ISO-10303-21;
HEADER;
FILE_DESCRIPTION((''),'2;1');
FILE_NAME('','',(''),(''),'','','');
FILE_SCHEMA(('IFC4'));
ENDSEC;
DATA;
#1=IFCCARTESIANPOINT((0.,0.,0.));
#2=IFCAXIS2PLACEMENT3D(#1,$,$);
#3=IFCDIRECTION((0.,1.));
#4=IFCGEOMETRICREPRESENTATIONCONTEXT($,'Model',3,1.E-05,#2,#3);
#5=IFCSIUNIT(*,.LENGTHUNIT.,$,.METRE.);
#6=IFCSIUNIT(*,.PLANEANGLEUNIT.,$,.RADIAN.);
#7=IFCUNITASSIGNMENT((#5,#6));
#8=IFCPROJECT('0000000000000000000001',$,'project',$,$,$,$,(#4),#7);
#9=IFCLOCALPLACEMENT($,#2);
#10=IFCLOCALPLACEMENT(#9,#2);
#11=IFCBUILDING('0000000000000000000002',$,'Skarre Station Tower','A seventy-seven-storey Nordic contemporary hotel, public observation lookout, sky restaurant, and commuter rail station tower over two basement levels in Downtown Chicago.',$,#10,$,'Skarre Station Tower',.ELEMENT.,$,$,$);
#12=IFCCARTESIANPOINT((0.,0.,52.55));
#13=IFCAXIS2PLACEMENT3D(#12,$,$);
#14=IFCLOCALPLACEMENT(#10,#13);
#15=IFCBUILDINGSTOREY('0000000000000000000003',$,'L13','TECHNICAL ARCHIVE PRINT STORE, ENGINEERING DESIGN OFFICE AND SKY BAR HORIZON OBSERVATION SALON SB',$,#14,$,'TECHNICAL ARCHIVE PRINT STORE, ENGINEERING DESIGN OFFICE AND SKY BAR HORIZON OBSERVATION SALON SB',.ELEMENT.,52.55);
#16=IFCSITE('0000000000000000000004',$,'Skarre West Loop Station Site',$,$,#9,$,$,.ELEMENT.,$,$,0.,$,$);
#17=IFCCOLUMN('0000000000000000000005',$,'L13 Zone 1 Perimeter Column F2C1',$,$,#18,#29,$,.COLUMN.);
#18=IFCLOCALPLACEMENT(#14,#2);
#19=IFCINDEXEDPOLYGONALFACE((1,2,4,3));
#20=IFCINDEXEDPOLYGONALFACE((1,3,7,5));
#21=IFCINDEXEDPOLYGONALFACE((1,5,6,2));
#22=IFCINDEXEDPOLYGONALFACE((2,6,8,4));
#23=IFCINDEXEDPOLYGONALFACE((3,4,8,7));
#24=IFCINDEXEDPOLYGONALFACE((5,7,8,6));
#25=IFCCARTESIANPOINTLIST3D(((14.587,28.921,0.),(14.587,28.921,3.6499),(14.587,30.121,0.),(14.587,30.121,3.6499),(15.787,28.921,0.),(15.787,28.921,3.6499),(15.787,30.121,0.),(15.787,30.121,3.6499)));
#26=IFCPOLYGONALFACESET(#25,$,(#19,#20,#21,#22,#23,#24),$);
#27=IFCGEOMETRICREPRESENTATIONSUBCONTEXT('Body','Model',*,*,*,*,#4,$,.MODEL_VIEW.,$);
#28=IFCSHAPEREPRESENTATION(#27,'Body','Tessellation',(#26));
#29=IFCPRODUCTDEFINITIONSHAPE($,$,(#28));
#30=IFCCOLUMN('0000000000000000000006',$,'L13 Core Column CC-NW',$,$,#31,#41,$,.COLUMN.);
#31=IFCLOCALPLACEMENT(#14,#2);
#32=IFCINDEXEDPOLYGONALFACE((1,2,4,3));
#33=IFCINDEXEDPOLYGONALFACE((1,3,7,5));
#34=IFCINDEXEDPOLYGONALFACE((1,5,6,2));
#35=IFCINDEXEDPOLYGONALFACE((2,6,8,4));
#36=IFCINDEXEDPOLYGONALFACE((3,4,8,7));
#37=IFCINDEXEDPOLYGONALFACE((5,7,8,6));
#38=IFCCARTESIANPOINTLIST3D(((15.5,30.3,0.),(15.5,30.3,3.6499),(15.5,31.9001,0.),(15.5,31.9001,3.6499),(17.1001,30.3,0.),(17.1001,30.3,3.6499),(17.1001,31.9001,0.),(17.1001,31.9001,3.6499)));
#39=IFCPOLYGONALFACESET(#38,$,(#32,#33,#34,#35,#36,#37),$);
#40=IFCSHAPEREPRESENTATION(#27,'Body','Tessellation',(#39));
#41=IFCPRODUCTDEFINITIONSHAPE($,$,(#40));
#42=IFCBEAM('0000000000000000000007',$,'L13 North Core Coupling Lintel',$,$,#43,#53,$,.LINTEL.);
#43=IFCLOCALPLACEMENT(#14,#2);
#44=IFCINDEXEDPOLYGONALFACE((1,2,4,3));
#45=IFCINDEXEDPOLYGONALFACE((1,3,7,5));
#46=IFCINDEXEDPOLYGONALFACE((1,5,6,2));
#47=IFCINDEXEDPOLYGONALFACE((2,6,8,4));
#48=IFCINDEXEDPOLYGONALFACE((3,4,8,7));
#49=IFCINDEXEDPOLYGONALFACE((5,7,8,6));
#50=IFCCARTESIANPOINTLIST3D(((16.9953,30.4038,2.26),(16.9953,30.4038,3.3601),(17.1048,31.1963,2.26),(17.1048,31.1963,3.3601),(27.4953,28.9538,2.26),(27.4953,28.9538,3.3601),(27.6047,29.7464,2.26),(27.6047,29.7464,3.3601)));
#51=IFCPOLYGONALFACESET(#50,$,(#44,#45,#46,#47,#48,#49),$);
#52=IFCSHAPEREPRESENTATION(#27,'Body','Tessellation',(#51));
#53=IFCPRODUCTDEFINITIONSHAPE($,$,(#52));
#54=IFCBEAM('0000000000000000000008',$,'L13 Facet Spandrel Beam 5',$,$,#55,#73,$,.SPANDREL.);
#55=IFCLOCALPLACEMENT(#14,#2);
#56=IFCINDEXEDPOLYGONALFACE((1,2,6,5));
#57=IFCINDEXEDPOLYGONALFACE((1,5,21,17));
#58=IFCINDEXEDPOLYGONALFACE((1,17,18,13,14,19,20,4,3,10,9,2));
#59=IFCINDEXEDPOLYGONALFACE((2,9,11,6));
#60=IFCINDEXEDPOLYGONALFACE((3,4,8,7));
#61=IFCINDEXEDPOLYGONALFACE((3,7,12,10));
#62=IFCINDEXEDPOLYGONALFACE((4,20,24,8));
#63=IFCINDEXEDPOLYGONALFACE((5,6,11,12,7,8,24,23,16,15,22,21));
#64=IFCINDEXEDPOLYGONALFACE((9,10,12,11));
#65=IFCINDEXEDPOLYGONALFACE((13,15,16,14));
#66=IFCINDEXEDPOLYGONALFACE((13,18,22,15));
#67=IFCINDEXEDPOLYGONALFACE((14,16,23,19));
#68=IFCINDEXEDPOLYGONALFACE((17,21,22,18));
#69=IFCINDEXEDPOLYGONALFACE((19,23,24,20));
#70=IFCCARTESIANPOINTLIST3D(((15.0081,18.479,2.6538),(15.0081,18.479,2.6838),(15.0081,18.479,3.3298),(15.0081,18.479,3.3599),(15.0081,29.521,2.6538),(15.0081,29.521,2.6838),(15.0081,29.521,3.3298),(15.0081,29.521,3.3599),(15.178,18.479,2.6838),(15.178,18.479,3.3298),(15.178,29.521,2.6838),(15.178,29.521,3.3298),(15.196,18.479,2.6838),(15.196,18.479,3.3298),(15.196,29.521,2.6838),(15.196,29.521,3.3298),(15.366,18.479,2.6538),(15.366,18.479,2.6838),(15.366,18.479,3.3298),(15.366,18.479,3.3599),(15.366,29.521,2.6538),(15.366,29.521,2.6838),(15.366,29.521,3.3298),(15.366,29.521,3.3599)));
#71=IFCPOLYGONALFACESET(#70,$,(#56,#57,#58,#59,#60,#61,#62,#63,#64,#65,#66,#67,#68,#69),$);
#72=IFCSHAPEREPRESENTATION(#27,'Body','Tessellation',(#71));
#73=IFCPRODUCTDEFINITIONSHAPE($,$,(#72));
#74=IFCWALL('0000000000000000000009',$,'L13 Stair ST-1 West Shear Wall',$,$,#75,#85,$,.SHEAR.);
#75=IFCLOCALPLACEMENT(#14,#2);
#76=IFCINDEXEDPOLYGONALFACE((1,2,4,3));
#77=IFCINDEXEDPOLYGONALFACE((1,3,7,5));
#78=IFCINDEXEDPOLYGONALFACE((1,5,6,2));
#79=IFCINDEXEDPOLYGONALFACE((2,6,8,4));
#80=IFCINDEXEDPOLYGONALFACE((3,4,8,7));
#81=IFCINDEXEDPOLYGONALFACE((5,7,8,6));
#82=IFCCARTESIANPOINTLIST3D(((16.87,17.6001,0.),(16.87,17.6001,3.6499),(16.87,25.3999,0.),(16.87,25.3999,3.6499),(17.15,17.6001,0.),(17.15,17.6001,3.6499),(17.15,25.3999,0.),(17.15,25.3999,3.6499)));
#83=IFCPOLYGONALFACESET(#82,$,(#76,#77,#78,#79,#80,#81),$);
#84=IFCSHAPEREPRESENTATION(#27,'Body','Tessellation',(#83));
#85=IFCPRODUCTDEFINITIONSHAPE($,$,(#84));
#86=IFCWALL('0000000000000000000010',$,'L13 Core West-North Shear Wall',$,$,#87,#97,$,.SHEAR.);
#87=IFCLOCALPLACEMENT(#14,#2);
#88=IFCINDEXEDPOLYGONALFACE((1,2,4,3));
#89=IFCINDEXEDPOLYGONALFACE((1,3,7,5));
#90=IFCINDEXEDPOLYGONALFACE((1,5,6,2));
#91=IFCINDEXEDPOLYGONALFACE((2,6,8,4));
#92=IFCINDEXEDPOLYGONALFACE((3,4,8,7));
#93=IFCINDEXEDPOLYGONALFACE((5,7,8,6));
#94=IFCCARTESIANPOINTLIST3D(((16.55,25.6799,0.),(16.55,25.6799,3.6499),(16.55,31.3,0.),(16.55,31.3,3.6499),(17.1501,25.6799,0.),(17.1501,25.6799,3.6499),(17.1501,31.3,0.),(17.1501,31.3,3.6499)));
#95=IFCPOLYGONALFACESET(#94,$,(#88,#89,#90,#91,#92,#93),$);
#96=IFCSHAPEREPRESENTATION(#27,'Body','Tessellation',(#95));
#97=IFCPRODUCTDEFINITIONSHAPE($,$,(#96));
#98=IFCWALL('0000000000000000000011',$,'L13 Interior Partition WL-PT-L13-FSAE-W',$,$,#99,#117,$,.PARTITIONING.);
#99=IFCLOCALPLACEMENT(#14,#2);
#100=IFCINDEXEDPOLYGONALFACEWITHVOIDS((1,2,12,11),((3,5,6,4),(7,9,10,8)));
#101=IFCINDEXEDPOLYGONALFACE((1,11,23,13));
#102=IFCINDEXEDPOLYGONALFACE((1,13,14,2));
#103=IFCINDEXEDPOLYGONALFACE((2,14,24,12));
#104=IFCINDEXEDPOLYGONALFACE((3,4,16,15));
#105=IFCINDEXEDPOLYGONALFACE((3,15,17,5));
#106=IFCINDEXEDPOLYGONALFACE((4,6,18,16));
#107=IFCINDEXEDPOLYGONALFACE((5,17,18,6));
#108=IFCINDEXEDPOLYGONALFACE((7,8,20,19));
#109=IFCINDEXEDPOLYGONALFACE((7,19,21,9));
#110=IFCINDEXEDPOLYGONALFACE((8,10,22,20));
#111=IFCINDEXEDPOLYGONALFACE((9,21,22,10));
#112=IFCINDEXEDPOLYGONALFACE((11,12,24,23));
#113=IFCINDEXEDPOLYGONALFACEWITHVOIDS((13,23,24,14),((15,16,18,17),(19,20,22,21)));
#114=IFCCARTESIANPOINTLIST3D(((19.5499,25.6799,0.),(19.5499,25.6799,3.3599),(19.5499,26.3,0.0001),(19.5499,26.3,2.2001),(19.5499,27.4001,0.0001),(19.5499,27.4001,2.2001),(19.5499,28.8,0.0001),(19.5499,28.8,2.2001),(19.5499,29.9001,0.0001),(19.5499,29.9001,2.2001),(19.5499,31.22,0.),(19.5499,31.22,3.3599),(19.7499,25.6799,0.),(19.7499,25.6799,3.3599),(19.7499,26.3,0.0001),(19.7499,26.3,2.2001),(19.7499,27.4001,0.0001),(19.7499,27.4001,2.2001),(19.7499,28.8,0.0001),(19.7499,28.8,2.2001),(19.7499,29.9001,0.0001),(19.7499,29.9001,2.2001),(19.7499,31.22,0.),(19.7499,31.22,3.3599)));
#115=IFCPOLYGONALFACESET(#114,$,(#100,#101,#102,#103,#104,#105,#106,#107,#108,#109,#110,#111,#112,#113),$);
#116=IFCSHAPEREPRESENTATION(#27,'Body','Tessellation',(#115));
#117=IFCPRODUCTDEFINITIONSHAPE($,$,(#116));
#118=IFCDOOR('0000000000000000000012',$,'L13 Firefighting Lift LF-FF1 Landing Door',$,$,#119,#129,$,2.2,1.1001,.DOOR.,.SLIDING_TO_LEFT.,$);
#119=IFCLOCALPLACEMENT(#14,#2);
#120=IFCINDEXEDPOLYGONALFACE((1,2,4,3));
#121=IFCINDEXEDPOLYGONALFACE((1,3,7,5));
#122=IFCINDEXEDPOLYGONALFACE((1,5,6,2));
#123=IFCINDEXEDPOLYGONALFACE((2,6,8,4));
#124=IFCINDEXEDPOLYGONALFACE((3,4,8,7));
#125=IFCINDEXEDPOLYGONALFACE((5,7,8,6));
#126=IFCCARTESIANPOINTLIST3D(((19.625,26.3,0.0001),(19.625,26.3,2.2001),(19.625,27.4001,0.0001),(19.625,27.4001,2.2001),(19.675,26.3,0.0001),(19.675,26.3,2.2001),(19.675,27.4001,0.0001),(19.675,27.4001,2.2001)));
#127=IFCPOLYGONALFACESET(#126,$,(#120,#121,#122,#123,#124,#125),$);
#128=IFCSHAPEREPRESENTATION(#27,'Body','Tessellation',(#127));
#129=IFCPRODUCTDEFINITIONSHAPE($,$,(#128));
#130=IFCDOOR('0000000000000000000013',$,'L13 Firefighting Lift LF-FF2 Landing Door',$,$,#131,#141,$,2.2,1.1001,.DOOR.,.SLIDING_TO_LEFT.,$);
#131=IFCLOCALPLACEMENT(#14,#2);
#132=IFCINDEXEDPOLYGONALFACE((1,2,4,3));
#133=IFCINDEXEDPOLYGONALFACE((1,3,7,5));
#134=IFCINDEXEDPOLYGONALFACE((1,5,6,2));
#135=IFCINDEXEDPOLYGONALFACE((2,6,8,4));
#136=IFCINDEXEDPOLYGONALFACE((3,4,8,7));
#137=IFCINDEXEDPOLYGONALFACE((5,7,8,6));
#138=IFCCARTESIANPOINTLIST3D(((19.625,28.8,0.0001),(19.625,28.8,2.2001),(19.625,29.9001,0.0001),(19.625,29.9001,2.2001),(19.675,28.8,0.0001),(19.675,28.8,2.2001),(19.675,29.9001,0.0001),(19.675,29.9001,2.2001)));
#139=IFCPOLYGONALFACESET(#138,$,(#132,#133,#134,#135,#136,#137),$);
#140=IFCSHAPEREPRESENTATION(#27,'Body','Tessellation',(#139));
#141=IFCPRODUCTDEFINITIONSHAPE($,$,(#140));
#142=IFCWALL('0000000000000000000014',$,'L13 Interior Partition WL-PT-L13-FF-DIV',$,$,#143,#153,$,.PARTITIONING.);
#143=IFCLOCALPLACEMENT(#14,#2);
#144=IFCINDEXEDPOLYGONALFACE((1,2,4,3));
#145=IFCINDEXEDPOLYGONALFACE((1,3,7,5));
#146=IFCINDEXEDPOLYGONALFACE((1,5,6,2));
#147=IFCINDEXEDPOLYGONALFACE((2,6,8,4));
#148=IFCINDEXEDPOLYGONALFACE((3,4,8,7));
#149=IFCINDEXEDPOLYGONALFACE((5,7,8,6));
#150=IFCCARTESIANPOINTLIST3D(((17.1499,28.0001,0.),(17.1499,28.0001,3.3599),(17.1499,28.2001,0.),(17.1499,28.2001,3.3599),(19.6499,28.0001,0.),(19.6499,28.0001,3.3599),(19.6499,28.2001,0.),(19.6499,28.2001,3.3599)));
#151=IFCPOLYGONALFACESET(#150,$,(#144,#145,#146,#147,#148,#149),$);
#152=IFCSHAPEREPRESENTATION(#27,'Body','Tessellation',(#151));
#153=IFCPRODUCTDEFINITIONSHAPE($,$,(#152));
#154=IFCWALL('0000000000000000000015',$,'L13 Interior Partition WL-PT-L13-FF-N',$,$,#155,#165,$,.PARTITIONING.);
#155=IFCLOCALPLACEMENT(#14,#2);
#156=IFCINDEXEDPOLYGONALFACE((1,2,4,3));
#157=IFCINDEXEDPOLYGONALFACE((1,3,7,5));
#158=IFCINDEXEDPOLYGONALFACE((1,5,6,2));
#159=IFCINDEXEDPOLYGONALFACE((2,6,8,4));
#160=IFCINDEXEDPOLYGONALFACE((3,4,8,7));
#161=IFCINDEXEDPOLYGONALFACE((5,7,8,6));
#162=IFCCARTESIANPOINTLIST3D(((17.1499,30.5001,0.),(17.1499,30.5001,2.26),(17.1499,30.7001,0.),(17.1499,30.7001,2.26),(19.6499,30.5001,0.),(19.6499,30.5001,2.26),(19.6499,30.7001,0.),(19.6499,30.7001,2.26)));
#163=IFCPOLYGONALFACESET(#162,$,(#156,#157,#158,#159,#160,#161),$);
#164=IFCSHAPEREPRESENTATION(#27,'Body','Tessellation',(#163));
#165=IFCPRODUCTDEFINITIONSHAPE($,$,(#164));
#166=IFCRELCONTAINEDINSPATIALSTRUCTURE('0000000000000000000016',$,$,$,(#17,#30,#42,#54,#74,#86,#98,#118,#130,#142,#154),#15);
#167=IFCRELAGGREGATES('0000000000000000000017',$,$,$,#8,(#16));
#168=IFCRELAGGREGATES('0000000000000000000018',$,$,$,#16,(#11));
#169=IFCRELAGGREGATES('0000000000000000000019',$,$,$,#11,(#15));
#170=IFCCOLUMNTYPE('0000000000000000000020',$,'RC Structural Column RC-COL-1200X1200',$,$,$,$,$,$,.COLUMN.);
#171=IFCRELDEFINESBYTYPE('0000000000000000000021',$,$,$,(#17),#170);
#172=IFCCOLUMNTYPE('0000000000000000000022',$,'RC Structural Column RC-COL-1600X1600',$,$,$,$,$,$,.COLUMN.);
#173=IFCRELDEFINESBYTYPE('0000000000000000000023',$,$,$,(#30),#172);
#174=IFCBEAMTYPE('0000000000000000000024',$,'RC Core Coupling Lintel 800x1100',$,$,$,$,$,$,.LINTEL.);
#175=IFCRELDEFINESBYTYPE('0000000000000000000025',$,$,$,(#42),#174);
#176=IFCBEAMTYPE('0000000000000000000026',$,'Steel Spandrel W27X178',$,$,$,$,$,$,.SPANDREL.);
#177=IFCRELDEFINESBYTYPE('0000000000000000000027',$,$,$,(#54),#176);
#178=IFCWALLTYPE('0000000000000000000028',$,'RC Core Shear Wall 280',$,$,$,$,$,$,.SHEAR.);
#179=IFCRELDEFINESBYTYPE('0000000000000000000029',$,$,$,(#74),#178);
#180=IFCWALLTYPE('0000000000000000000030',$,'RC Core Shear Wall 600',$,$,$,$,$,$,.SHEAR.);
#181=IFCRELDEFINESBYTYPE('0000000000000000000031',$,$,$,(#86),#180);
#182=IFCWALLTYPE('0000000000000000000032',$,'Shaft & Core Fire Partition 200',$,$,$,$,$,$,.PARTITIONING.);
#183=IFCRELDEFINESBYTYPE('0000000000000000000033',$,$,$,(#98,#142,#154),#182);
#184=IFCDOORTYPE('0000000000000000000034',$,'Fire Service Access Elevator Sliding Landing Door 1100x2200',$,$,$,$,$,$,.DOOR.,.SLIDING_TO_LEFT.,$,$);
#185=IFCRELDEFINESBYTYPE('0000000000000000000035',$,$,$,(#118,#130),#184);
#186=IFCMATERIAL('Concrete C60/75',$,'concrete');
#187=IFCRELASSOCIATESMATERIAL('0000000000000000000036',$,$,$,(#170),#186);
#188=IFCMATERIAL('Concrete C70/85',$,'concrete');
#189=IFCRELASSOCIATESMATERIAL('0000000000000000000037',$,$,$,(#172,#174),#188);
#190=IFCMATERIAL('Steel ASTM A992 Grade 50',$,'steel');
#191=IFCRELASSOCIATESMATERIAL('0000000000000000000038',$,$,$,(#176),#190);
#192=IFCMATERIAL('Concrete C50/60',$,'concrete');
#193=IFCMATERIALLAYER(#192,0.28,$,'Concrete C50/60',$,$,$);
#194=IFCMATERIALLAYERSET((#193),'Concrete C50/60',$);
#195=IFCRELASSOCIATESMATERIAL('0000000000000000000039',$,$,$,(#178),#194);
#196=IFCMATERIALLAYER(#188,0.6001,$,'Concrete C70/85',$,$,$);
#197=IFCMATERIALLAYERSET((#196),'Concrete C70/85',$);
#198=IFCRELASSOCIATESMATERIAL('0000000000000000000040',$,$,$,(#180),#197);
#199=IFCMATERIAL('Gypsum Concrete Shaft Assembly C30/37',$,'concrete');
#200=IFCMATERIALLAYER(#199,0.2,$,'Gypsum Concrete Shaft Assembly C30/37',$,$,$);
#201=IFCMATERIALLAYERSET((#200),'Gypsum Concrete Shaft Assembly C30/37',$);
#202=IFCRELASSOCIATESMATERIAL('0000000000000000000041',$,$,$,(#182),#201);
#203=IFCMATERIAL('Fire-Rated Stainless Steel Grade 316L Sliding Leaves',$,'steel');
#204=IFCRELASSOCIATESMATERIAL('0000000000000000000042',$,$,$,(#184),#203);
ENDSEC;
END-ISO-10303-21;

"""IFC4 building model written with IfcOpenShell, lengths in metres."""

from ifc_helpers import new_model, si_unit, direction, frame, frame_2d, origin, origin_2d, place, context, subcontext, project, spatial, rectangle, i_section, extrude, material, layer, layer_set, material_profile, profile_set, type_object, element, fill, save


model = new_model("IFC4")

# Units and contexts
model_context = context("Model", 3, precision=1e-05, world=origin(), true_north=direction((0.0, 1.0)))
body_context = subcontext(model_context, "Body", "Model", "MODEL_VIEW")
ifc_project = project(units=[si_unit("LENGTHUNIT", "METRE"), si_unit("PLANEANGLEUNIT", "RADIAN")], contexts=[model_context])

# Site, building, storey
site_placement = place(None, origin())
site = spatial("IfcSite", under=ifc_project, at=site_placement, Name="Skarre West Loop Station Site", CompositionType="ELEMENT", RefElevation=0.0)
building_placement = place(site_placement, origin())
building = spatial("IfcBuilding", under=site, at=building_placement, Name="Skarre Station Tower", Description="A seventy-seven-storey Nordic contemporary hotel, public observation lookout, sky restaurant, and commuter rail station tower over two basement levels in Downtown Chicago.", LongName="Skarre Station Tower", CompositionType="ELEMENT")
storey_placement = place(building_placement, frame((0.0, 0.0, 52.55)))
storey = spatial("IfcBuildingStorey", under=building, at=storey_placement, Name="L13", Description="TECHNICAL ARCHIVE PRINT STORE, ENGINEERING DESIGN OFFICE AND SKY BAR HORIZON OBSERVATION SALON SB", LongName="TECHNICAL ARCHIVE PRINT STORE, ENGINEERING DESIGN OFFICE AND SKY BAR HORIZON OBSERVATION SALON SB", CompositionType="ELEMENT", Elevation=52.55)

# Columns
ifc_material_1 = material(Name="Concrete C60/75", Category="concrete")
ifc_material_profile_1 = material_profile(ifc_material_1, rectangle(XDim=1.2, YDim=1.2, at=origin_2d()), Name="Concrete C60/75")
ifc_profile_set_1 = profile_set([ifc_material_profile_1], Name="Concrete C60/75")
column_type_1 = type_object("IfcColumnType", Name="RC Structural Column RC-COL-1200X1200", PredefinedType="COLUMN", material=ifc_profile_set_1)
column_1_placement = place(storey_placement, frame((15.187, 29.521, 0.0), z_axis=(0.0, 0.0, 1.0), x_axis=(1.0, 0.0, 0.0)))
element("IfcColumn", 1, at=column_1_placement, inside=storey, type_object=column_type_1, Name="L13 Zone 1 Perimeter Column F2C1", PredefinedType="COLUMN", context=body_context, shape_type="SweptSolid", body=[
    extrude(rectangle(XDim=1.2, YDim=1.2, at=origin_2d()), origin(), (0.0, 0.0, 1.0), 3.6499),
])
ifc_material_2 = material(Name="Concrete C70/85", Category="concrete")
ifc_material_profile_2 = material_profile(ifc_material_2, rectangle(XDim=1.6001, YDim=1.6001, at=origin_2d()), Name="Concrete C70/85")
ifc_profile_set_2 = profile_set([ifc_material_profile_2], Name="Concrete C70/85")
column_type_2 = type_object("IfcColumnType", Name="RC Structural Column RC-COL-1600X1600", PredefinedType="COLUMN", material=ifc_profile_set_2)
column_2_placement = place(storey_placement, frame((16.3, 31.1001, 0.0), z_axis=(0.0, 0.0, 1.0), x_axis=(1.0, 0.0, 0.0)))
element("IfcColumn", 2, at=column_2_placement, inside=storey, type_object=column_type_2, Name="L13 Core Column CC-NW", PredefinedType="COLUMN", context=body_context, shape_type="SweptSolid", body=[
    extrude(rectangle(XDim=1.6001, YDim=1.6001, at=origin_2d()), origin(), (0.0, 0.0, 1.0), 3.6499),
])

# Beams
ifc_material_profile_3 = material_profile(ifc_material_2, rectangle(XDim=0.8, YDim=1.1001, at=origin_2d()), Name="Concrete C70/85")
ifc_profile_set_3 = profile_set([ifc_material_profile_3], Name="Concrete C70/85")
beam_type_1 = type_object("IfcBeamType", Name="RC Core Coupling Lintel 800x1100", PredefinedType="LINTEL", material=ifc_profile_set_3)
beam_1_placement = place(storey_placement, frame((17.05, 30.8, 2.8101), z_axis=(0.9906, -0.136792, 0.0), x_axis=(0.136792, 0.9906, 0.0)))
element("IfcBeam", 3, at=beam_1_placement, inside=storey, type_object=beam_type_1, Name="L13 North Core Coupling Lintel", PredefinedType="LINTEL", context=body_context, shape_type="SweptSolid", body=[
    extrude(rectangle(XDim=0.8, YDim=1.1001, at=origin_2d()), origin(), (0.0, 0.0, 1.0), 10.5996),
])
ifc_material_3 = material(Name="Steel ASTM A992 Grade 50", Category="steel")
ifc_material_profile_4 = material_profile(ifc_material_3, i_section(OverallWidth=0.3579, OverallDepth=0.7061, WebThickness=0.0181, FlangeThickness=0.03, at=origin_2d()), Name="Steel ASTM A992 Grade 50")
ifc_profile_set_4 = profile_set([ifc_material_profile_4], Name="Steel ASTM A992 Grade 50")
beam_type_2 = type_object("IfcBeamType", Name="Steel Spandrel W27X178", PredefinedType="SPANDREL", material=ifc_profile_set_4)
beam_2_placement = place(storey_placement, frame((15.187, 29.521, 3.0068), z_axis=(0.0, -1.0, 0.0), x_axis=(1.0, 0.0, 0.0)))
element("IfcBeam", 4, at=beam_2_placement, inside=storey, type_object=beam_type_2, Name="L13 Facet Spandrel Beam 5", PredefinedType="SPANDREL", context=body_context, shape_type="SweptSolid", body=[
    extrude(i_section(OverallWidth=0.3579, OverallDepth=0.7061, WebThickness=0.0181, FlangeThickness=0.03, at=origin_2d()), origin(), (0.0, 0.0, 1.0), 11.042),
])

# Walls
ifc_material_4 = material(Name="Concrete C50/60", Category="concrete")
ifc_layer_1 = layer(ifc_material_4, 0.28, Name="Concrete C50/60")
ifc_layer_set_1 = layer_set([ifc_layer_1], Name="Concrete C50/60")
wall_type_1 = type_object("IfcWallType", Name="RC Core Shear Wall 280", PredefinedType="SHEAR", material=ifc_layer_set_1)
wall_1_placement = place(storey_placement, frame((17.01, 25.3999, 0.0), z_axis=(0.0, 0.0, 1.0), x_axis=(0.0, -1.0, 0.0)))
element("IfcWall", 5, at=wall_1_placement, inside=storey, type_object=wall_type_1, Name="L13 Stair ST-1 West Shear Wall", PredefinedType="SHEAR", context=body_context, shape_type="SweptSolid", body=[
    extrude(rectangle(XDim=7.7998, YDim=0.28, at=frame_2d((3.8999, 0.0))), origin(), (0.0, 0.0, 1.0), 3.6499),
])
ifc_layer_2 = layer(ifc_material_2, 0.6001, Name="Concrete C70/85")
ifc_layer_set_2 = layer_set([ifc_layer_2], Name="Concrete C70/85")
wall_type_2 = type_object("IfcWallType", Name="RC Core Shear Wall 600", PredefinedType="SHEAR", material=ifc_layer_set_2)
wall_2_placement = place(storey_placement, frame((16.8501, 25.6799, 0.0), z_axis=(0.0, 0.0, 1.0), x_axis=(0.0, 1.0, 0.0)))
element("IfcWall", 6, at=wall_2_placement, inside=storey, type_object=wall_type_2, Name="L13 Core West-North Shear Wall", PredefinedType="SHEAR", context=body_context, shape_type="SweptSolid", body=[
    extrude(rectangle(XDim=5.6201, YDim=0.6001, at=frame_2d((2.8101, 0.0))), origin(), (0.0, 0.0, 1.0), 3.6499),
])

# Wall, openings, doors
ifc_material_5 = material(Name="Gypsum Concrete Shaft Assembly C30/37", Category="concrete")
ifc_layer_3 = layer(ifc_material_5, 0.2, Name="Gypsum Concrete Shaft Assembly C30/37")
ifc_layer_set_3 = layer_set([ifc_layer_3], Name="Gypsum Concrete Shaft Assembly C30/37")
wall_type_3 = type_object("IfcWallType", Name="Shaft & Core Fire Partition 200", PredefinedType="PARTITIONING", material=ifc_layer_set_3)
wall_3_placement = place(storey_placement, frame((19.6499, 25.6799, 0.0), z_axis=(0.0, 0.0, 1.0), x_axis=(0.0, 1.0, 0.0)))
wall_3 = element("IfcWall", 7, at=wall_3_placement, inside=storey, type_object=wall_type_3, Name="L13 Interior Partition WL-PT-L13-FSAE-W", PredefinedType="PARTITIONING", context=body_context, shape_type="SweptSolid", body=[
    extrude(rectangle(XDim=5.54, YDim=0.2, at=frame_2d((2.77, 0.0))), origin(), (0.0, 0.0, 1.0), 3.3599),
])
opening_1_placement = place(wall_3_placement, frame((0.6201, 0.0, 0.0)))
opening_1 = element("IfcOpeningElement", 8, at=opening_1_placement, cuts=wall_3, PredefinedType="OPENING", context=body_context, shape_type="SweptSolid", body=[
    extrude(rectangle(XDim=1.1001, YDim=2.2, at=frame_2d((0.55, 1.1001))), frame((0.0, 0.1099, 0.0), z_axis=(0.0, -1.0, 0.0), x_axis=(1.0, 0.0, 0.0)), (0.0, 0.0, 1.0), 0.22),
])
opening_2_placement = place(wall_3_placement, frame((3.1201, 0.0, 0.0)))
opening_2 = element("IfcOpeningElement", 9, at=opening_2_placement, cuts=wall_3, PredefinedType="OPENING", context=body_context, shape_type="SweptSolid", body=[
    extrude(rectangle(XDim=1.1001, YDim=2.2, at=frame_2d((0.55, 1.1001))), frame((0.0, 0.1099, 0.0), z_axis=(0.0, -1.0, 0.0), x_axis=(1.0, 0.0, 0.0)), (0.0, 0.0, 1.0), 0.22),
])
ifc_material_6 = material(Name="Fire-Rated Stainless Steel Grade 316L Sliding Leaves", Category="steel")
door_type = type_object("IfcDoorType", Name="Fire Service Access Elevator Sliding Landing Door 1100x2200", OperationType="SLIDING_TO_LEFT", PredefinedType="DOOR", material=ifc_material_6)
door_1_placement = place(opening_1_placement, origin())
door_1 = element("IfcDoor", 10, at=door_1_placement, inside=storey, type_object=door_type, Name="L13 Firefighting Lift LF-FF1 Landing Door", OperationType="SLIDING_TO_LEFT", OverallHeight=2.2, OverallWidth=1.1001, PredefinedType="DOOR", context=body_context, shape_type="SweptSolid", body=[
    extrude(rectangle(XDim=1.1001, YDim=2.2, at=frame_2d((0.55, 1.1001))), frame((0.0, 0.0249, 0.0), z_axis=(0.0, -1.0, 0.0), x_axis=(1.0, 0.0, 0.0)), (0.0, 0.0, 1.0), 0.05),
])
fill(opening_1, door_1)
door_2_placement = place(opening_2_placement, origin())
door_2 = element("IfcDoor", 11, at=door_2_placement, inside=storey, type_object=door_type, Name="L13 Firefighting Lift LF-FF2 Landing Door", OperationType="SLIDING_TO_LEFT", OverallHeight=2.2, OverallWidth=1.1001, PredefinedType="DOOR", context=body_context, shape_type="SweptSolid", body=[
    extrude(rectangle(XDim=1.1001, YDim=2.2, at=frame_2d((0.55, 1.1001))), frame((0.0, 0.0249, 0.0), z_axis=(0.0, -1.0, 0.0), x_axis=(1.0, 0.0, 0.0)), (0.0, 0.0, 1.0), 0.05),
])
fill(opening_2, door_2)

# Walls
wall_4_placement = place(storey_placement, frame((17.1499, 28.1001, 0.0), z_axis=(0.0, 0.0, 1.0), x_axis=(1.0, 0.0, 0.0)))
element("IfcWall", 12, at=wall_4_placement, inside=storey, type_object=wall_type_3, Name="L13 Interior Partition WL-PT-L13-FF-DIV", PredefinedType="PARTITIONING", context=body_context, shape_type="SweptSolid", body=[
    extrude(rectangle(XDim=2.5, YDim=0.2, at=frame_2d((1.25, 0.0))), origin(), (0.0, 0.0, 1.0), 3.3599),
])
wall_5_placement = place(storey_placement, frame((19.6499, 30.6001, 0.0), z_axis=(0.0, 0.0, 1.0), x_axis=(-1.0, 0.0, 0.0)))
element("IfcWall", 13, at=wall_5_placement, inside=storey, type_object=wall_type_3, Name="L13 Interior Partition WL-PT-L13-FF-N", PredefinedType="PARTITIONING", context=body_context, shape_type="SweptSolid", body=[
    extrude(rectangle(XDim=2.5, YDim=0.2, at=frame_2d((1.25, 0.0))), origin(), (0.0, 0.0, 1.0), 2.26),
])

save(model, "model.ifc")
